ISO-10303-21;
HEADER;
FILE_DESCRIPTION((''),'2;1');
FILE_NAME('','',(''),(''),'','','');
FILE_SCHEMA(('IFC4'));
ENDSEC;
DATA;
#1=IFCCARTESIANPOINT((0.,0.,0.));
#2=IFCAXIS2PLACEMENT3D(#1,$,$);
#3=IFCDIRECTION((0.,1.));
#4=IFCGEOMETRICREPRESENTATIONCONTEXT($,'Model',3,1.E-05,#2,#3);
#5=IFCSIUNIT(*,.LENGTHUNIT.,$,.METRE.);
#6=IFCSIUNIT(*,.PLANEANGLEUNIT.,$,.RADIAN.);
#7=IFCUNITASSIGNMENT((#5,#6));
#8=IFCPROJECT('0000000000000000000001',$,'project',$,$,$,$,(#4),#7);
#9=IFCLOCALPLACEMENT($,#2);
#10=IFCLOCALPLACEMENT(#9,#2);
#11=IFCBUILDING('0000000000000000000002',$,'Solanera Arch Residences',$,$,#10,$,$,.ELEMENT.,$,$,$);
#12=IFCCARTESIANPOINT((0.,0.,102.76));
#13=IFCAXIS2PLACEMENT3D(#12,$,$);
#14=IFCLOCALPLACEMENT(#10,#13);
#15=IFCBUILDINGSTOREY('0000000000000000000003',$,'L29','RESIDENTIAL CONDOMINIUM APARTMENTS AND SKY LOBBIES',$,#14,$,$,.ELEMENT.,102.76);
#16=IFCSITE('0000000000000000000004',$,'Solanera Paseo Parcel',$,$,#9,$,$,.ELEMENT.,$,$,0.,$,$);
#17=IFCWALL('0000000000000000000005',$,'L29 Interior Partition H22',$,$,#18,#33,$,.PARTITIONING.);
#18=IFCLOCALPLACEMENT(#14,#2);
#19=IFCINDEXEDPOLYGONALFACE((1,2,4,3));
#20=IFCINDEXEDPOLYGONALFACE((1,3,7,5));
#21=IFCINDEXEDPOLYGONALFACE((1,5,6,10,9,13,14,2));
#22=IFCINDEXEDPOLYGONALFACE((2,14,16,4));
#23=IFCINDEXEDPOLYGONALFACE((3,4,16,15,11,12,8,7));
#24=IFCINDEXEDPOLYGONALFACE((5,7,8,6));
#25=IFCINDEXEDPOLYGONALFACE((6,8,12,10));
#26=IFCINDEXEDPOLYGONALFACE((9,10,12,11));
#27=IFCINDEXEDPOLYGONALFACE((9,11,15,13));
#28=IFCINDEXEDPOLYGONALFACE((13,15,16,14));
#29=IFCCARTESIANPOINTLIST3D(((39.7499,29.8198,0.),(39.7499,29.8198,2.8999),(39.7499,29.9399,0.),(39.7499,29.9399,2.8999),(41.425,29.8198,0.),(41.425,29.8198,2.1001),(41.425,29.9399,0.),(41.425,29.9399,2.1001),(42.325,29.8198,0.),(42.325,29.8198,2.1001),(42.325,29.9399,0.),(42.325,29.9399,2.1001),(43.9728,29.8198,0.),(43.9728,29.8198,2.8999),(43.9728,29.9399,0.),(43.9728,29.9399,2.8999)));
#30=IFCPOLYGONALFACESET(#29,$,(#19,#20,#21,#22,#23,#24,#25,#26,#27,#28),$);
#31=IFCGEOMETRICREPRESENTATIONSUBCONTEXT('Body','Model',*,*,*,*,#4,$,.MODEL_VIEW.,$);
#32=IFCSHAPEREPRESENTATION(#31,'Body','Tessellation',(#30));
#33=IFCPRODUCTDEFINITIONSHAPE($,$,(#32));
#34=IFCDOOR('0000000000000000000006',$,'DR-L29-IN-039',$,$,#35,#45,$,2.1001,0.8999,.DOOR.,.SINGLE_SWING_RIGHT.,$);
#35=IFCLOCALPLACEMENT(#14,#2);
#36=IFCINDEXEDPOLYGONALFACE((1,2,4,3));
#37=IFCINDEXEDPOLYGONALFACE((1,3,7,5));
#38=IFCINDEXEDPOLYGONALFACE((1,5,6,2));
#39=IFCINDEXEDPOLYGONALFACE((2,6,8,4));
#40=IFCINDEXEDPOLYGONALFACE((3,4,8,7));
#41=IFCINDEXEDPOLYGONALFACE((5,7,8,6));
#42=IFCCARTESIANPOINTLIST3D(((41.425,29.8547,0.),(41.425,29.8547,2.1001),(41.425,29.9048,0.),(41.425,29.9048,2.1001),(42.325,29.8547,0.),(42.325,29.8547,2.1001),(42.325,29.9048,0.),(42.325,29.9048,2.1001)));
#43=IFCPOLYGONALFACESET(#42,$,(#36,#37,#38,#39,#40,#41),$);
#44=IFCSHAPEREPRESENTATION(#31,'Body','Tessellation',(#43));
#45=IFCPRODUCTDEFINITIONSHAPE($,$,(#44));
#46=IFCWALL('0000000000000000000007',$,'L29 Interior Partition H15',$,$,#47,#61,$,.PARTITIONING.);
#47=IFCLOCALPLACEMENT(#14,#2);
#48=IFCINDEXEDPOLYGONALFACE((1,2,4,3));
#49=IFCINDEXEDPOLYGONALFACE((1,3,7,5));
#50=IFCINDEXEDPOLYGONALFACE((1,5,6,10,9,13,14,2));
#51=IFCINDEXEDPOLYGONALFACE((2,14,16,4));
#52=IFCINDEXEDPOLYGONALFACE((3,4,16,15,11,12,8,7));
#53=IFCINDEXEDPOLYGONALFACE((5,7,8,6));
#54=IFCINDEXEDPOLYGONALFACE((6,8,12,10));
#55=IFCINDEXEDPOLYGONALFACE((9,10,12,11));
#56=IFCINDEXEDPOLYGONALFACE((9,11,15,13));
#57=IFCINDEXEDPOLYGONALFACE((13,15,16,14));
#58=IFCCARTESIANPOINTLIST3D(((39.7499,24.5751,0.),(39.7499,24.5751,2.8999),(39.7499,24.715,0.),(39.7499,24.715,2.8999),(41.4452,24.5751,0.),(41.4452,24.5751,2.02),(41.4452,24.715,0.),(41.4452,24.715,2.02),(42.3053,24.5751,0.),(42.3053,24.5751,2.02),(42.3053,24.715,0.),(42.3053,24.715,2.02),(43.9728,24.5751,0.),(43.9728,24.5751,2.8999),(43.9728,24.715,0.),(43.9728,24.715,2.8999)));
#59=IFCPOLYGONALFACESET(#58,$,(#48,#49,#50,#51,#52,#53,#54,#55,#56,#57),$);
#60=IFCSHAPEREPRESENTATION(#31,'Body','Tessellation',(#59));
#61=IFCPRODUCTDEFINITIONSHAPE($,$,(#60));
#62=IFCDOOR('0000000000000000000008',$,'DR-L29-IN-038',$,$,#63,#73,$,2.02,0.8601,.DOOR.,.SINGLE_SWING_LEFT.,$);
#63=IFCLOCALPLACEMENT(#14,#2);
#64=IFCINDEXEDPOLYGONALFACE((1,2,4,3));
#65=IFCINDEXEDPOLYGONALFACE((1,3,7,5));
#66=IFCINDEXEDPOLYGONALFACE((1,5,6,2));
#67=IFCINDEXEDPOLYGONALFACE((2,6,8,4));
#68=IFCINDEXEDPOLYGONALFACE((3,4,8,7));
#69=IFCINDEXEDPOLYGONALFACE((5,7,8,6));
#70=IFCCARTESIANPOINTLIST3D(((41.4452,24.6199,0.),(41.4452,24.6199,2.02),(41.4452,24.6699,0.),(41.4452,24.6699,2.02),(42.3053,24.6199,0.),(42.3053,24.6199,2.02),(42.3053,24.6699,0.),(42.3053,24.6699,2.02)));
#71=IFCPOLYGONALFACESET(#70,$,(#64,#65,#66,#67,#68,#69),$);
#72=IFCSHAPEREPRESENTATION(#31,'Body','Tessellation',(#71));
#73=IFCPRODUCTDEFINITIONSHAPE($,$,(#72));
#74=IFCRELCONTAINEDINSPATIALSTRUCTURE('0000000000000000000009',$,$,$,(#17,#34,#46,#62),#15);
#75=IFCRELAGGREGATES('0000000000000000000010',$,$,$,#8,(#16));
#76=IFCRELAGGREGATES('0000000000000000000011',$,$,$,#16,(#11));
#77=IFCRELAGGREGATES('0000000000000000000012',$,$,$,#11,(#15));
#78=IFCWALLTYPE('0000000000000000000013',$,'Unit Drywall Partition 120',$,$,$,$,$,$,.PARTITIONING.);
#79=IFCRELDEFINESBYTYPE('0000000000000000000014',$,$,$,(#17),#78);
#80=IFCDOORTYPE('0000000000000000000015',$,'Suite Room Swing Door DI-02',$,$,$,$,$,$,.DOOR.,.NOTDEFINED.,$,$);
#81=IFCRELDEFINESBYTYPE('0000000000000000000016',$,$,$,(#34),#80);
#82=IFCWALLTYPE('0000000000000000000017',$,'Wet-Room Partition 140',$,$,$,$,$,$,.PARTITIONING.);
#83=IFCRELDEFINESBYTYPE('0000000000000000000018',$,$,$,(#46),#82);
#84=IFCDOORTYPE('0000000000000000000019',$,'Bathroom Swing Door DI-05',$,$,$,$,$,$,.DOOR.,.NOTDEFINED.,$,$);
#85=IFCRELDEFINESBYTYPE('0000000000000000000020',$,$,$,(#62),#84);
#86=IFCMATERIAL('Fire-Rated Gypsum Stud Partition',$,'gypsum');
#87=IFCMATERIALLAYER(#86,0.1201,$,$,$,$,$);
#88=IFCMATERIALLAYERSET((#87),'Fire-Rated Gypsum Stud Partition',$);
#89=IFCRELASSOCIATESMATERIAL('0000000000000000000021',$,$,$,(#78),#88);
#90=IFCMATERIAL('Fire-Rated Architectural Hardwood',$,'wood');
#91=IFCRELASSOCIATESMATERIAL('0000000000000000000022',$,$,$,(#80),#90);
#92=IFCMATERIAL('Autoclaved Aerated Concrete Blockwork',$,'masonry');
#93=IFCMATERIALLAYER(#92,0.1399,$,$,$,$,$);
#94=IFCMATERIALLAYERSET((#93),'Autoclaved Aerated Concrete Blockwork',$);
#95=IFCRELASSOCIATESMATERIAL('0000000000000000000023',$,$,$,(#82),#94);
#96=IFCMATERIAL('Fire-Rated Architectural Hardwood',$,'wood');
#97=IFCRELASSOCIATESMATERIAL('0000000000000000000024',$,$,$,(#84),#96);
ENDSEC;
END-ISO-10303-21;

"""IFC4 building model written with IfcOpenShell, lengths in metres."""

from ifc_helpers import new_model, si_unit, direction, frame, frame_2d, origin, place, context, subcontext, project, spatial, rectangle, extrude, material, layer, layer_set, type_object, element, fill, save


model = new_model("IFC4")

# Units and contexts
model_context = context("Model", 3, precision=1e-05, world=origin(), true_north=direction((0.0, 1.0)))
body_context = subcontext(model_context, "Body", "Model", "MODEL_VIEW")
ifc_project = project(units=[si_unit("LENGTHUNIT", "METRE"), si_unit("PLANEANGLEUNIT", "RADIAN")], contexts=[model_context])

# Site, building, storey
site_placement = place(None, origin())
site = spatial("IfcSite", under=ifc_project, at=site_placement, Name="Solanera Paseo Parcel", CompositionType="ELEMENT", RefElevation=0.0)
building_placement = place(site_placement, origin())
building = spatial("IfcBuilding", under=site, at=building_placement, Name="Solanera Arch Residences", CompositionType="ELEMENT")
storey_placement = place(building_placement, frame((0.0, 0.0, 102.76)))
storey = spatial("IfcBuildingStorey", under=building, at=storey_placement, Name="L29", Description="RESIDENTIAL CONDOMINIUM APARTMENTS AND SKY LOBBIES", CompositionType="ELEMENT", Elevation=102.76)

# Walls, openings, doors
ifc_material_1 = material(Name="Fire-Rated Gypsum Stud Partition", Category="gypsum")
ifc_layer_1 = layer(ifc_material_1, 0.1201)
ifc_layer_set_1 = layer_set([ifc_layer_1], Name="Fire-Rated Gypsum Stud Partition")
wall_type_1 = type_object("IfcWallType", Name="Unit Drywall Partition 120", PredefinedType="PARTITIONING", material=ifc_layer_set_1)
wall_1_placement = place(storey_placement, frame((39.75, 29.8799, 0.0), z_axis=(0.0, 0.0, 1.0), x_axis=(1.0, 0.0, 0.0)))
wall_1 = element("IfcWall", 1, at=wall_1_placement, inside=storey, type_object=wall_type_1, Name="L29 Interior Partition H22", PredefinedType="PARTITIONING", context=body_context, shape_type="SweptSolid", body=[
    extrude(rectangle(XDim=4.2229, YDim=0.1201, at=frame_2d((2.1113, 0.0))), origin(), (0.0, 0.0, 1.0), 2.8999),
])
opening_1_placement = place(wall_1_placement, frame((1.675, 0.0, 0.0)))
opening_1 = element("IfcOpeningElement", 2, at=opening_1_placement, cuts=wall_1, PredefinedType="OPENING", context=body_context, shape_type="SweptSolid", body=[
    extrude(rectangle(XDim=0.8999, YDim=2.1001, at=frame_2d((0.45, 1.05))), frame((0.0, 0.0701, 0.0), z_axis=(0.0, -1.0, 0.0), x_axis=(1.0, 0.0, 0.0)), (0.0, 0.0, 1.0), 0.1401),
])
ifc_material_2 = material(Name="Fire-Rated Architectural Hardwood", Category="wood")
door_type_1 = type_object("IfcDoorType", Name="Suite Room Swing Door DI-02", OperationType="NOTDEFINED", PredefinedType="DOOR", material=ifc_material_2)
door_1_placement = place(opening_1_placement, origin())
door_1 = element("IfcDoor", 3, at=door_1_placement, inside=storey, type_object=door_type_1, Name="DR-L29-IN-039", OperationType="SINGLE_SWING_RIGHT", OverallHeight=2.1001, OverallWidth=0.8999, PredefinedType="DOOR", context=body_context, shape_type="SweptSolid", body=[
    extrude(rectangle(XDim=0.8999, YDim=2.1001, at=frame_2d((0.45, 1.05))), frame((0.0, 0.0249, 0.0), z_axis=(0.0, -1.0, 0.0), x_axis=(1.0, 0.0, 0.0)), (0.0, 0.0, 1.0), 0.05),
])
fill(opening_1, door_1)
ifc_material_3 = material(Name="Autoclaved Aerated Concrete Blockwork", Category="masonry")
ifc_layer_2 = layer(ifc_material_3, 0.1399)
ifc_layer_set_2 = layer_set([ifc_layer_2], Name="Autoclaved Aerated Concrete Blockwork")
wall_type_2 = type_object("IfcWallType", Name="Wet-Room Partition 140", PredefinedType="PARTITIONING", material=ifc_layer_set_2)
wall_2_placement = place(storey_placement, frame((39.75, 24.645, 0.0), z_axis=(0.0, 0.0, 1.0), x_axis=(1.0, 0.0, 0.0)))
wall_2 = element("IfcWall", 4, at=wall_2_placement, inside=storey, type_object=wall_type_2, Name="L29 Interior Partition H15", PredefinedType="PARTITIONING", context=body_context, shape_type="SweptSolid", body=[
    extrude(rectangle(XDim=4.2229, YDim=0.1399, at=frame_2d((2.1113, 0.0))), origin(), (0.0, 0.0, 1.0), 2.8999),
])
opening_2_placement = place(wall_2_placement, frame((1.6951, 0.0, 0.0)))
opening_2 = element("IfcOpeningElement", 5, at=opening_2_placement, cuts=wall_2, PredefinedType="OPENING", context=body_context, shape_type="SweptSolid", body=[
    extrude(rectangle(XDim=0.8601, YDim=2.02, at=frame_2d((0.4302, 1.01))), frame((0.0, 0.0798, 0.0), z_axis=(0.0, -1.0, 0.0), x_axis=(1.0, 0.0, 0.0)), (0.0, 0.0, 1.0), 0.1599),
])
ifc_material_4 = material(Name="Fire-Rated Architectural Hardwood", Category="wood")
door_type_2 = type_object("IfcDoorType", Name="Bathroom Swing Door DI-05", OperationType="NOTDEFINED", PredefinedType="DOOR", material=ifc_material_4)
door_2_placement = place(opening_2_placement, origin())
door_2 = element("IfcDoor", 6, at=door_2_placement, inside=storey, type_object=door_type_2, Name="DR-L29-IN-038", OperationType="SINGLE_SWING_LEFT", OverallHeight=2.02, OverallWidth=0.8601, PredefinedType="DOOR", context=body_context, shape_type="SweptSolid", body=[
    extrude(rectangle(XDim=0.8601, YDim=2.02, at=frame_2d((0.4302, 1.01))), frame((0.0, 0.0249, 0.0), z_axis=(0.0, -1.0, 0.0), x_axis=(1.0, 0.0, 0.0)), (0.0, 0.0, 1.0), 0.05),
])
fill(opening_2, door_2)

save(model, "model.ifc")
